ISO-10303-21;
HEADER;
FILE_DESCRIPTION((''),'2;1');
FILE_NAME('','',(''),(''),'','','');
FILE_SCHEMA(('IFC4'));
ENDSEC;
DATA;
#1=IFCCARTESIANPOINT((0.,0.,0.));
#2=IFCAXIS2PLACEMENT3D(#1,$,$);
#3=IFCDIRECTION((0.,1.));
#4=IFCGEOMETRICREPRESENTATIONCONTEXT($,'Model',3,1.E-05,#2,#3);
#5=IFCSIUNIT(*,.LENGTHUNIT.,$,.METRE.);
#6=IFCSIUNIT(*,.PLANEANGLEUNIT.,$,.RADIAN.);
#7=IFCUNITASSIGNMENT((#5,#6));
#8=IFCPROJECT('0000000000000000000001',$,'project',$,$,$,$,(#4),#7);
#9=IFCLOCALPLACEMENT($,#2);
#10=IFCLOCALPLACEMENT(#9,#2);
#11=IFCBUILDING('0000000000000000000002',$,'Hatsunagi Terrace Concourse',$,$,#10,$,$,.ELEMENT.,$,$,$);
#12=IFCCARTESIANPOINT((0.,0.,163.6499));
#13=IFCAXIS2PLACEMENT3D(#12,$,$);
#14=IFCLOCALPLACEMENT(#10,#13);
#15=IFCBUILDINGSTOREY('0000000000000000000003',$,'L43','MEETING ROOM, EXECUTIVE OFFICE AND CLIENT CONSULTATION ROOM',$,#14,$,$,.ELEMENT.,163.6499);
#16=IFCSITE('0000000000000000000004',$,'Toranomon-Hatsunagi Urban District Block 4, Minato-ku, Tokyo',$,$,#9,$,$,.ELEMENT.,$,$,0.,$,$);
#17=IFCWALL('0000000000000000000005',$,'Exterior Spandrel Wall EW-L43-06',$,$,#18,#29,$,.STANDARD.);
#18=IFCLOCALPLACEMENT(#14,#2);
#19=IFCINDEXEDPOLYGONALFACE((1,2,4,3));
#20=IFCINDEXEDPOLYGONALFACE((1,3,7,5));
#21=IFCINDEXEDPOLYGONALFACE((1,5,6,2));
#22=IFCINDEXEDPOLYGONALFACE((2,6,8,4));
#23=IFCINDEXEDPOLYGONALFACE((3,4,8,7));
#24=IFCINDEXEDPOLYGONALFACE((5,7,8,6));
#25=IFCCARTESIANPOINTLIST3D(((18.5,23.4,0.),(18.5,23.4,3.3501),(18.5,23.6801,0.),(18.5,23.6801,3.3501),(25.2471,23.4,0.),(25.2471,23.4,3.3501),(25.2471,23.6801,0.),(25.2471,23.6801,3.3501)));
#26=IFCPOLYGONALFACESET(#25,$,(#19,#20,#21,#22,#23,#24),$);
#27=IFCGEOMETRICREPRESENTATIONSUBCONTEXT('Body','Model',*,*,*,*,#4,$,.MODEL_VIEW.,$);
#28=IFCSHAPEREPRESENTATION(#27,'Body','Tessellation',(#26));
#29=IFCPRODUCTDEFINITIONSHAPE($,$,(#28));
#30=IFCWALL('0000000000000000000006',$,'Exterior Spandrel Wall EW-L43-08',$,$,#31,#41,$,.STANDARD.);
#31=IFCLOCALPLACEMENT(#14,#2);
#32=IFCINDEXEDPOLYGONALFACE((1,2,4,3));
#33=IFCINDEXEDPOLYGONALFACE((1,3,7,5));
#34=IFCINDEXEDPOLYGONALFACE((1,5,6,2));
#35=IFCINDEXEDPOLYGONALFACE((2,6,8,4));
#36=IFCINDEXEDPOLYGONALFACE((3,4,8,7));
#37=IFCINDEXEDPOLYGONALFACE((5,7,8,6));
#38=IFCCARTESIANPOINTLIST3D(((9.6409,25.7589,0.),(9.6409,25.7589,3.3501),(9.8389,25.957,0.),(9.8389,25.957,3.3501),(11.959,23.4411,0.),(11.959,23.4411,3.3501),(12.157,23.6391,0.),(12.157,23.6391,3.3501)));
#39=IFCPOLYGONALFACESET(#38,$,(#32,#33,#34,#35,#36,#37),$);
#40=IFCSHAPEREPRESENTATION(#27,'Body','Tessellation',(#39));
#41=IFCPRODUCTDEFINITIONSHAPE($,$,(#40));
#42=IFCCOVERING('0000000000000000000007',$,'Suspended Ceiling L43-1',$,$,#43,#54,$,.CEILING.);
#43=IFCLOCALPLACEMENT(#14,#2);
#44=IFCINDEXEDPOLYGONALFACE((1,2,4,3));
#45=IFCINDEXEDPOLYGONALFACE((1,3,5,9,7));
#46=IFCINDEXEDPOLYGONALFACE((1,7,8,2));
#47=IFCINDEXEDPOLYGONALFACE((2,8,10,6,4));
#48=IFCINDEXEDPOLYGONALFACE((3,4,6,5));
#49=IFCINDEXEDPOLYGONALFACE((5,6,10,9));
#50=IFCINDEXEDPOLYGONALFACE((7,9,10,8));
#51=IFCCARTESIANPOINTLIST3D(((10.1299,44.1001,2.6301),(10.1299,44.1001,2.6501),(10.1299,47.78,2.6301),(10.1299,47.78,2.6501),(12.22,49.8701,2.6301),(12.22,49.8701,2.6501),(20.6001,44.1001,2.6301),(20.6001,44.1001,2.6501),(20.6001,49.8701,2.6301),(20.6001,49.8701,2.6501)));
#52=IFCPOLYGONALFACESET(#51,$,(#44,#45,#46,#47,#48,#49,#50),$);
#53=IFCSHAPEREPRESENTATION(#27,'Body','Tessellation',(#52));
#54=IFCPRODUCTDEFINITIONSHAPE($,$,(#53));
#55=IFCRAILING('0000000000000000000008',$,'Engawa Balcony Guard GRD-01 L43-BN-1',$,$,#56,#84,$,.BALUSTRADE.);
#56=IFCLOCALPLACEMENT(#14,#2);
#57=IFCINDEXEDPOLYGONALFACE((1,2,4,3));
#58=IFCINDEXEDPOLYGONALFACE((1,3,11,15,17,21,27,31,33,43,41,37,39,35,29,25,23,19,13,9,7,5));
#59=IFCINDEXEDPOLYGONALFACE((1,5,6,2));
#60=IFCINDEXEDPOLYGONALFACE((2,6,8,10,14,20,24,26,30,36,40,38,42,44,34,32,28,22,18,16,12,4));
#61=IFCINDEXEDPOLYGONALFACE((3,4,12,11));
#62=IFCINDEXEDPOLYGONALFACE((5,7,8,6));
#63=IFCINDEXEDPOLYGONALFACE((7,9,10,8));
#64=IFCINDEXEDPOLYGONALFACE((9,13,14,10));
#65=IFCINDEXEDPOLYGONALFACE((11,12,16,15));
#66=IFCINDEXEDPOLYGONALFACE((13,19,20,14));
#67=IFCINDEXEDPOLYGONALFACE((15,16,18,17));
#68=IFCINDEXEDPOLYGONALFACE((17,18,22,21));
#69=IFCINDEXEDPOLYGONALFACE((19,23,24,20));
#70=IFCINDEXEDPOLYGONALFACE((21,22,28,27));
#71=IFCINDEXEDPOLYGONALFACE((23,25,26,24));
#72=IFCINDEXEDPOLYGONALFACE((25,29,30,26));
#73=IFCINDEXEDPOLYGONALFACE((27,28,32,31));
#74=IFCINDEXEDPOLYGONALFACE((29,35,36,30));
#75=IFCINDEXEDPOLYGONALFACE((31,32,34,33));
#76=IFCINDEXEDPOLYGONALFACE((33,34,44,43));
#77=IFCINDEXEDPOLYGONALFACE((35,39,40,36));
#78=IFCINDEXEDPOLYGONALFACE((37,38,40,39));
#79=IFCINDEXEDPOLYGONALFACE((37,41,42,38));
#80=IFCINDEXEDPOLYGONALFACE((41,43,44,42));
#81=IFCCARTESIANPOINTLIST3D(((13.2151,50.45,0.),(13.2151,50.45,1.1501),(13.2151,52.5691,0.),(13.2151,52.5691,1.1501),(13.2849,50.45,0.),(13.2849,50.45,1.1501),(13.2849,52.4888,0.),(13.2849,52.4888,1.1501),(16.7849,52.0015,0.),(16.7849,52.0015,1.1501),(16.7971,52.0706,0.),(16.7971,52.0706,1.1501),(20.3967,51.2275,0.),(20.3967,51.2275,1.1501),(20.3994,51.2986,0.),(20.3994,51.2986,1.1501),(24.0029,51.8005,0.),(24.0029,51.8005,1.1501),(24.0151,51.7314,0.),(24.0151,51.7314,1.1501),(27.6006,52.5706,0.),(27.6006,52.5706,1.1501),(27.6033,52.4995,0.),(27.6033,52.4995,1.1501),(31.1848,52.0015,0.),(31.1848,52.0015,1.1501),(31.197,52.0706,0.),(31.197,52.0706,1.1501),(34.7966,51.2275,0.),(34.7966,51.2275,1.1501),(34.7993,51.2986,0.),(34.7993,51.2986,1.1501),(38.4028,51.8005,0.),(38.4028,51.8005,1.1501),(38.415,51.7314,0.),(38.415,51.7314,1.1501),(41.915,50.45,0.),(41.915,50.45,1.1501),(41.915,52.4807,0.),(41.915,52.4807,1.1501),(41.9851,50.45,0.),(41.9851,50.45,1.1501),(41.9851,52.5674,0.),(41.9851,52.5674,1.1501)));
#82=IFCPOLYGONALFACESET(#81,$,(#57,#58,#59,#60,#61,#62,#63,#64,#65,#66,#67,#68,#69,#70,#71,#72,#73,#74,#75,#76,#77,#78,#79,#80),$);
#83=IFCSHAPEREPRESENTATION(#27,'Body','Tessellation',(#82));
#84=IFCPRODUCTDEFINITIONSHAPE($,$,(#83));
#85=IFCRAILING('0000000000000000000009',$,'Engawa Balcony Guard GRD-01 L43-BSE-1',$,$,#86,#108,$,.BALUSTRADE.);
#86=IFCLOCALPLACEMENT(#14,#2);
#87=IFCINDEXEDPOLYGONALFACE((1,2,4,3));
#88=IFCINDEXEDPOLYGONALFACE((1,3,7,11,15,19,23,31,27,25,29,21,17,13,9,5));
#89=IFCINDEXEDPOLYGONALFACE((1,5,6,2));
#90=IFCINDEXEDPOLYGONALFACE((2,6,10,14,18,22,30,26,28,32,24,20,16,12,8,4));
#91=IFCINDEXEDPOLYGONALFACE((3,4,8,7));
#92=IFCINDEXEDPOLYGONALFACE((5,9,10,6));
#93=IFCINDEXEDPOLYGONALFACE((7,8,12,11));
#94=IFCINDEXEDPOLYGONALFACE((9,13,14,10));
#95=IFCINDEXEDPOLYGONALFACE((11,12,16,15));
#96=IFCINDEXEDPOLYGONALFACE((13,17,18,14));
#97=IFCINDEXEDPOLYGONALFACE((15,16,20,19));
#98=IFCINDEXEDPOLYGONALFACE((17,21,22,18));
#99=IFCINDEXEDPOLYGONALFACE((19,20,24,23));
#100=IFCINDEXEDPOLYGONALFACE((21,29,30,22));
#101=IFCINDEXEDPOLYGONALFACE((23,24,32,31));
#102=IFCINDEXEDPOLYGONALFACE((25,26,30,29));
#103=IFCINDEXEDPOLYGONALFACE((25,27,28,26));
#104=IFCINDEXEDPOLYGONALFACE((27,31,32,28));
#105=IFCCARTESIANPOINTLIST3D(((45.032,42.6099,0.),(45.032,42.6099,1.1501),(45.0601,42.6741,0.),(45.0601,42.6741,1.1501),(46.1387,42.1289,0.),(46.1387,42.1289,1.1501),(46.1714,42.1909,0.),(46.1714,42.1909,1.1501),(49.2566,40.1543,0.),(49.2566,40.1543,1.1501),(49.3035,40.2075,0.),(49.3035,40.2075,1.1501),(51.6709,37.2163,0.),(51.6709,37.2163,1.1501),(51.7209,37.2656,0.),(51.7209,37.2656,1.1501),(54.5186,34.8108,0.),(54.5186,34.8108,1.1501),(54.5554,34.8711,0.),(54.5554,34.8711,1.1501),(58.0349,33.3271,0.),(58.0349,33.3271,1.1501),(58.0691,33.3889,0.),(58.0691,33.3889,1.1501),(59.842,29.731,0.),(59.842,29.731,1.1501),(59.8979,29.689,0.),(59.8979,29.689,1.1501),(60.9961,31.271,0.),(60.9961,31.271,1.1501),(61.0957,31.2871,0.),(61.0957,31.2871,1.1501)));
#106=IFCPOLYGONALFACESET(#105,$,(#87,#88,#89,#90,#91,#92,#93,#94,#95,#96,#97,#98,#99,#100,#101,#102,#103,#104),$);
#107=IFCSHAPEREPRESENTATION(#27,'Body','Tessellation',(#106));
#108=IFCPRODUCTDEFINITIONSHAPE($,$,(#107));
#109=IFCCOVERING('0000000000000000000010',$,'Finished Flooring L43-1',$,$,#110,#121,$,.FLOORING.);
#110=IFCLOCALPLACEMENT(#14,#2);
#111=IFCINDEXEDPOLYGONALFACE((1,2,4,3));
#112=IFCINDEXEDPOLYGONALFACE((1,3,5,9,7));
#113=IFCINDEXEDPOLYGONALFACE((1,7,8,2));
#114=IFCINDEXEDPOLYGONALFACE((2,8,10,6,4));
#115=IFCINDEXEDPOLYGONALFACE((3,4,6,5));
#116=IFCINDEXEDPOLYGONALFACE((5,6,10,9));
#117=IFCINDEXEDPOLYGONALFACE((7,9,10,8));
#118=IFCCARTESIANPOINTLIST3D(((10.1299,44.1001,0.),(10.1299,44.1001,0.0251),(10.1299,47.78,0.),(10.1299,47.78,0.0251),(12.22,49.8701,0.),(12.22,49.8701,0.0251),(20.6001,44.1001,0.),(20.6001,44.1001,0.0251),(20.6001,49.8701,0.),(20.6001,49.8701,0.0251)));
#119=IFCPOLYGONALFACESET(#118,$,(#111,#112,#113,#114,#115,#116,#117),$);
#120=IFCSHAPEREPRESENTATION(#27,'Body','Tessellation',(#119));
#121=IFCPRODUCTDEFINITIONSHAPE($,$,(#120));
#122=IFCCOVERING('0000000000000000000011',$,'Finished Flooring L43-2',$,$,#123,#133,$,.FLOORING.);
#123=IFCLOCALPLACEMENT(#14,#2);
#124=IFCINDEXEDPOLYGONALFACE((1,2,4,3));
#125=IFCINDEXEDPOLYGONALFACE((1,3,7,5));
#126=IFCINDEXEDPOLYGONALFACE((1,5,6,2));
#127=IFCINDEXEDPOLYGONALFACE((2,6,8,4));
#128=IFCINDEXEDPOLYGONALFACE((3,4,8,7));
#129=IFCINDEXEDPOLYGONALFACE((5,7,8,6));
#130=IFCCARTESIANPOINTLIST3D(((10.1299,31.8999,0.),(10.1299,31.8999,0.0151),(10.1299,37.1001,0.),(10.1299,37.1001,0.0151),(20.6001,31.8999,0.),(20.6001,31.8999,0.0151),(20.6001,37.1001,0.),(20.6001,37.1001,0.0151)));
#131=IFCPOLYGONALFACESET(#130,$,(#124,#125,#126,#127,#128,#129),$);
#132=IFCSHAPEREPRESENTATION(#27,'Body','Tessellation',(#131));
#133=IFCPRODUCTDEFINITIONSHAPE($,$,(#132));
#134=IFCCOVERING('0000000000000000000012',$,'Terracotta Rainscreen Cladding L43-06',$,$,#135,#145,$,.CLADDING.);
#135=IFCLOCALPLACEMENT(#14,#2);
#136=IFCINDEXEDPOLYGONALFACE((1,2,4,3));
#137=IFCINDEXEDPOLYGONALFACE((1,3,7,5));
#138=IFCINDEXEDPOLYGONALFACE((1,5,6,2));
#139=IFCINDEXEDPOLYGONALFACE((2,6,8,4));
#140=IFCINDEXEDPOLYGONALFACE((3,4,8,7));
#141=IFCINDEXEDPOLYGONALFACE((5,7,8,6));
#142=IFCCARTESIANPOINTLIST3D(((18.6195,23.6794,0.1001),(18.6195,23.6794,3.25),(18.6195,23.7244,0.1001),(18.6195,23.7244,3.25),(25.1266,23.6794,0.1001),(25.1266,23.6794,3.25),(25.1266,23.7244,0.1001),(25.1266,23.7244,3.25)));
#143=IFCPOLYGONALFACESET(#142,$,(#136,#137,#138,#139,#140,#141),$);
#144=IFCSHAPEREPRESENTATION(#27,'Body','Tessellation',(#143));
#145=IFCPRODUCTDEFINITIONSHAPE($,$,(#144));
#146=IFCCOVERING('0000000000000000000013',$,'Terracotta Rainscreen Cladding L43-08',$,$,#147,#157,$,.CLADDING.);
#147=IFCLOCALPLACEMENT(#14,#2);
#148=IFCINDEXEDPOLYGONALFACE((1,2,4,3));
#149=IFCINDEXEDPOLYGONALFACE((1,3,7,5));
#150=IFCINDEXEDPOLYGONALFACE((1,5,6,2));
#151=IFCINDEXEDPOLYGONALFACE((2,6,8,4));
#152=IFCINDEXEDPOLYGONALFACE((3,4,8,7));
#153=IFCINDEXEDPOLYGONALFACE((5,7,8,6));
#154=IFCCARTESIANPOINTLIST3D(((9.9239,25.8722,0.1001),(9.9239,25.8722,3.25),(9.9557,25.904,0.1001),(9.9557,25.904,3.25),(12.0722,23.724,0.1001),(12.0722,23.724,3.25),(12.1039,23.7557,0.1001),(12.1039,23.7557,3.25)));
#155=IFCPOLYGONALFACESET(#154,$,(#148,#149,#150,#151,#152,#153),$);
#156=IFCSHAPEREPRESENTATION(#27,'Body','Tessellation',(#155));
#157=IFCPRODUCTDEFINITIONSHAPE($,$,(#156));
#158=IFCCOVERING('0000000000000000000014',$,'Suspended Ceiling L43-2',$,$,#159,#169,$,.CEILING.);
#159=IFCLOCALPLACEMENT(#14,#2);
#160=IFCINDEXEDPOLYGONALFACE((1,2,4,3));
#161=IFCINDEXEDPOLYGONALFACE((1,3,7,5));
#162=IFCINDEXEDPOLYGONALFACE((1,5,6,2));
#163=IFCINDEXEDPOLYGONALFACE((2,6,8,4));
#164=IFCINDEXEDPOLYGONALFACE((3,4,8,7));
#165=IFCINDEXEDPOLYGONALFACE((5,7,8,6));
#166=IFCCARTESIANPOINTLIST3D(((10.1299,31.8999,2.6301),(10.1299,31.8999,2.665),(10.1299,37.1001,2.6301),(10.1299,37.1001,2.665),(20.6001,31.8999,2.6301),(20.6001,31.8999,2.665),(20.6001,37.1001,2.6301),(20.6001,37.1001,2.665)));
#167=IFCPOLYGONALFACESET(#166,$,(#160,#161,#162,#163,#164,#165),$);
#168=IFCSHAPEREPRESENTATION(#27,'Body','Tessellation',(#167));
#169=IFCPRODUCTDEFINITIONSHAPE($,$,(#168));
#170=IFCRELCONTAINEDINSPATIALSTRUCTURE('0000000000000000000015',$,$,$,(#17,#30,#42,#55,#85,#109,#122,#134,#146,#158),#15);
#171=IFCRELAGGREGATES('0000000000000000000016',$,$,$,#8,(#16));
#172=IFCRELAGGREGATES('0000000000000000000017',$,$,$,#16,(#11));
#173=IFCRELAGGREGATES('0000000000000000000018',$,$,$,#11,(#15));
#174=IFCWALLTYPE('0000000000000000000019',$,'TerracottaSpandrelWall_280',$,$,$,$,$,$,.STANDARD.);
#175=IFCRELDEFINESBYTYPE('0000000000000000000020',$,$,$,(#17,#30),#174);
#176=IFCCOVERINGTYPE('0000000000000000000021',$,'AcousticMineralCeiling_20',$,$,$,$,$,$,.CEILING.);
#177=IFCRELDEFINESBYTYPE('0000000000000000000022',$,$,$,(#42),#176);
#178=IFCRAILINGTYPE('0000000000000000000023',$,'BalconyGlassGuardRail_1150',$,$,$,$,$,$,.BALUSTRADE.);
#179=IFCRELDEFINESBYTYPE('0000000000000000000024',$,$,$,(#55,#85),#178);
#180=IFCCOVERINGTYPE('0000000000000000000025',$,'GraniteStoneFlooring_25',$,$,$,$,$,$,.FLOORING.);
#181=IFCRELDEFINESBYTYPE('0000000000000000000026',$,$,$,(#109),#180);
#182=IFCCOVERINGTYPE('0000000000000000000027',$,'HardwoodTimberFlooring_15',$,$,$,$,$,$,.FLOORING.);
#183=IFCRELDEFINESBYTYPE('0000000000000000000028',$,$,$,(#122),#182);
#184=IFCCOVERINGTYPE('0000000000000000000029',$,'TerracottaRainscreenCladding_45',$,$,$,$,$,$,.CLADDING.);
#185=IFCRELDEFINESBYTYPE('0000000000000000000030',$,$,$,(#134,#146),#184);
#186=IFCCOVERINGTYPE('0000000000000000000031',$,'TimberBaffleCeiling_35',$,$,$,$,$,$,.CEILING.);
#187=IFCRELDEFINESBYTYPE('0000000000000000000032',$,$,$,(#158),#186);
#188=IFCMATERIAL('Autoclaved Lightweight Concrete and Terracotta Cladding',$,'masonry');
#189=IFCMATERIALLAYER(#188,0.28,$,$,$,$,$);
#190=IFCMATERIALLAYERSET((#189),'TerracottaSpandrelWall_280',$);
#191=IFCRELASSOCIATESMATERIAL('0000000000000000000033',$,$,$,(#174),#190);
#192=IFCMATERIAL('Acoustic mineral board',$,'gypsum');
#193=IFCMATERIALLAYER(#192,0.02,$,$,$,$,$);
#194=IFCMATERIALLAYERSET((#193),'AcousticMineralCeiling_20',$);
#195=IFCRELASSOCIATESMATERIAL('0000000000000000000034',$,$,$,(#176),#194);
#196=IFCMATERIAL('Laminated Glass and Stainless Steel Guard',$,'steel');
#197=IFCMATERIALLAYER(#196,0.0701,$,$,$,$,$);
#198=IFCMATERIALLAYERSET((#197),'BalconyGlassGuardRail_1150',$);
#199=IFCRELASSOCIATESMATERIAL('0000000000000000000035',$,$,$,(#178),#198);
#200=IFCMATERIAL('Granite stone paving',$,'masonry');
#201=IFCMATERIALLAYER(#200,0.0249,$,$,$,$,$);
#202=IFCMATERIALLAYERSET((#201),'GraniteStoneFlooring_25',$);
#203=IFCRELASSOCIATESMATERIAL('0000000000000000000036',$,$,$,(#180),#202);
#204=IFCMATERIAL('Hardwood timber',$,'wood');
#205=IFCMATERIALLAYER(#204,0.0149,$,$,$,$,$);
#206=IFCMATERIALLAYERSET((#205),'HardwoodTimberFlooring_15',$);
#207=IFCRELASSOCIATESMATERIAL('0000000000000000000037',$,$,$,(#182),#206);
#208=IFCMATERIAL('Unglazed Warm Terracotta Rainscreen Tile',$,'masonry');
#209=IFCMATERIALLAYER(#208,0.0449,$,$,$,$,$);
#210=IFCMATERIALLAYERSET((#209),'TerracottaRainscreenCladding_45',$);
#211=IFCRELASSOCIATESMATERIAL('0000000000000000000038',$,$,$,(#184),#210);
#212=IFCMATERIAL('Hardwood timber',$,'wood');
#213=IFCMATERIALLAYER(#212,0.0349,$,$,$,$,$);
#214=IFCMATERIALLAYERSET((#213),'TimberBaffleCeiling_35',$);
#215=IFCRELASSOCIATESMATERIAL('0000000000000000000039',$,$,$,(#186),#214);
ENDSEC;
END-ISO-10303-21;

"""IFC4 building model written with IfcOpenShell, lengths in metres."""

from ifc_helpers import new_model, si_unit, direction, frame, frame_2d, origin, origin_2d, place, context, subcontext, project, spatial, polyline, rectangle, outline, extrude, material, layer, layer_set, type_object, element, save


model = new_model("IFC4")

# Units and contexts
model_context = context("Model", 3, precision=1e-05, world=origin(), true_north=direction((0.0, 1.0)))
body_context = subcontext(model_context, "Body", "Model", "MODEL_VIEW")
ifc_project = project(units=[si_unit("LENGTHUNIT", "METRE"), si_unit("PLANEANGLEUNIT", "RADIAN")], contexts=[model_context])

# Site, building, storey
site_placement = place(None, origin())
site = spatial("IfcSite", under=ifc_project, at=site_placement, Name="Toranomon-Hatsunagi Urban District Block 4, Minato-ku, Tokyo", CompositionType="ELEMENT", RefElevation=0.0)
building_placement = place(site_placement, origin())
building = spatial("IfcBuilding", under=site, at=building_placement, Name="Hatsunagi Terrace Concourse", CompositionType="ELEMENT")
storey_placement = place(building_placement, frame((0.0, 0.0, 163.6499)))
storey = spatial("IfcBuildingStorey", under=building, at=storey_placement, Name="L43", Description="MEETING ROOM, EXECUTIVE OFFICE AND CLIENT CONSULTATION ROOM", CompositionType="ELEMENT", Elevation=163.6499)

# Walls
ifc_material_1 = material(Name="Autoclaved Lightweight Concrete and Terracotta Cladding", Category="masonry")
ifc_layer_1 = layer(ifc_material_1, 0.28)
ifc_layer_set_1 = layer_set([ifc_layer_1], Name="TerracottaSpandrelWall_280")
wall_type_1 = type_object("IfcWallType", Name="TerracottaSpandrelWall_280", PredefinedType="STANDARD", material=ifc_layer_set_1)
wall_1_placement = place(storey_placement, frame((25.2471, 23.54, 0.0), z_axis=(0.0, 0.0, 1.0), x_axis=(-1.0, 0.0, 0.0)))
element("IfcWall", 1, at=wall_1_placement, inside=storey, type_object=wall_type_1, Name="Exterior Spandrel Wall EW-L43-06", PredefinedType="STANDARD", context=body_context, shape_type="SweptSolid", body=[
    extrude(rectangle(XDim=6.7471, YDim=0.28, at=frame_2d((3.3735, 0.0))), origin(), (0.0, 0.0, 1.0), 3.3501),
])
wall_2_placement = place(storey_placement, frame((12.0581, 23.54, 0.0), z_axis=(0.0, 0.0, 1.0), x_axis=(-0.707144, 0.70707, 0.0)))
element("IfcWall", 2, at=wall_2_placement, inside=storey, type_object=wall_type_1, Name="Exterior Spandrel Wall EW-L43-08", PredefinedType="STANDARD", context=body_context, shape_type="SweptSolid", body=[
    extrude(rectangle(XDim=3.2781, YDim=0.28, at=frame_2d((1.6392, 0.0))), origin(), (0.0, 0.0, 1.0), 3.3501),
])

# Covering
ifc_material_2 = material(Name="Acoustic mineral board", Category="gypsum")
ifc_layer_2 = layer(ifc_material_2, 0.02)
ifc_layer_set_2 = layer_set([ifc_layer_2], Name="AcousticMineralCeiling_20")
covering_type_1 = type_object("IfcCoveringType", Name="AcousticMineralCeiling_20", PredefinedType="CEILING", material=ifc_layer_set_2)
covering_1_placement = place(storey_placement, frame((0.0, 0.0, 2.6301)))
element("IfcCovering", 3, at=covering_1_placement, inside=storey, type_object=covering_type_1, Name="Suspended Ceiling L43-1", PredefinedType="CEILING", context=body_context, shape_type="SweptSolid", body=[
    extrude(outline(polyline([(10.1299, 47.78), (10.1299, 44.1001), (20.6001, 44.1001), (20.6001, 49.8701), (12.22, 49.8701), (10.1299, 47.78)])), origin(), (0.0, 0.0, 1.0), 0.02),
])

# Railings
ifc_material_3 = material(Name="Laminated Glass and Stainless Steel Guard", Category="steel")
ifc_layer_3 = layer(ifc_material_3, 0.0701)
ifc_layer_set_3 = layer_set([ifc_layer_3], Name="BalconyGlassGuardRail_1150")
railing_type = type_object("IfcRailingType", Name="BalconyGlassGuardRail_1150", PredefinedType="BALUSTRADE", material=ifc_layer_set_3)
railing_1_placement = place(storey_placement, origin())
element("IfcRailing", 4, at=railing_1_placement, inside=storey, type_object=railing_type, Name="Engawa Balcony Guard GRD-01 L43-BN-1", PredefinedType="BALUSTRADE", context=body_context, shape_type="SweptSolid", body=[
    extrude(outline(polyline([(13.2151, 50.45), (13.2849, 50.45), (13.2849, 52.4888), (16.7849, 52.0015), (20.3967, 51.2275), (24.0151, 51.7314), (27.6033, 52.4995), (31.1848, 52.0015), (34.7966, 51.2275), (38.415, 51.7314), (41.915, 52.4807), (41.915, 50.45), (41.9851, 50.45), (41.9851, 52.5674), (38.4028, 51.8005), (34.7993, 51.2986), (31.197, 52.0706), (27.6006, 52.5706), (24.0029, 51.8005), (20.3994, 51.2986), (16.7971, 52.0706), (13.2151, 52.5691), (13.2151, 50.45)])), origin(), (0.0, 0.0, 1.0), 1.1501),
])
railing_2_placement = place(storey_placement, origin())
element("IfcRailing", 5, at=railing_2_placement, inside=storey, type_object=railing_type, Name="Engawa Balcony Guard GRD-01 L43-BSE-1", PredefinedType="BALUSTRADE", context=body_context, shape_type="SweptSolid", body=[
    extrude(outline(polyline([(45.0601, 42.6741), (45.032, 42.6099), (46.1387, 42.1289), (49.2566, 40.1543), (51.6709, 37.2163), (54.5186, 34.8108), (58.0349, 33.3271), (60.9961, 31.271), (59.842, 29.731), (59.8979, 29.689), (61.0957, 31.2871), (58.0691, 33.3889), (54.5554, 34.8711), (51.7209, 37.2656), (49.3035, 40.2075), (46.1714, 42.1909), (45.0601, 42.6741)])), origin(), (0.0, 0.0, 1.0), 1.1501),
])

# Coverings
ifc_material_4 = material(Name="Granite stone paving", Category="masonry")
ifc_layer_4 = layer(ifc_material_4, 0.0249)
ifc_layer_set_4 = layer_set([ifc_layer_4], Name="GraniteStoneFlooring_25")
covering_type_2 = type_object("IfcCoveringType", Name="GraniteStoneFlooring_25", PredefinedType="FLOORING", material=ifc_layer_set_4)
covering_2_placement = place(storey_placement, origin())
element("IfcCovering", 6, at=covering_2_placement, inside=storey, type_object=covering_type_2, Name="Finished Flooring L43-1", PredefinedType="FLOORING", context=body_context, shape_type="SweptSolid", body=[
    extrude(outline(polyline([(10.1299, 47.78), (10.1299, 44.1001), (20.6001, 44.1001), (20.6001, 49.8701), (12.22, 49.8701), (10.1299, 47.78)])), origin(), (0.0, 0.0, 1.0), 0.0251),
])
ifc_material_5 = material(Name="Hardwood timber", Category="wood")
ifc_layer_5 = layer(ifc_material_5, 0.0149)
ifc_layer_set_5 = layer_set([ifc_layer_5], Name="HardwoodTimberFlooring_15")
covering_type_3 = type_object("IfcCoveringType", Name="HardwoodTimberFlooring_15", PredefinedType="FLOORING", material=ifc_layer_set_5)
covering_3_placement = place(storey_placement, origin())
element("IfcCovering", 7, at=covering_3_placement, inside=storey, type_object=covering_type_3, Name="Finished Flooring L43-2", PredefinedType="FLOORING", context=body_context, shape_type="SweptSolid", body=[
    extrude(outline(polyline([(10.1299, 31.8999), (20.6001, 31.8999), (20.6001, 37.1001), (10.1299, 37.1001), (10.1299, 31.8999)])), origin(), (0.0, 0.0, 1.0), 0.0151),
])
ifc_material_6 = material(Name="Unglazed Warm Terracotta Rainscreen Tile", Category="masonry")
ifc_layer_6 = layer(ifc_material_6, 0.0449)
ifc_layer_set_6 = layer_set([ifc_layer_6], Name="TerracottaRainscreenCladding_45")
covering_type_4 = type_object("IfcCoveringType", Name="TerracottaRainscreenCladding_45", PredefinedType="CLADDING", material=ifc_layer_set_6)
covering_4_placement = place(storey_placement, frame((21.873, 23.7019, 0.1001), z_axis=(0.0, 0.0, 1.0), x_axis=(-1.0, 0.0, 0.0)))
element("IfcCovering", 8, at=covering_4_placement, inside=storey, type_object=covering_type_4, Name="Terracotta Rainscreen Cladding L43-06", PredefinedType="CLADDING", context=body_context, shape_type="SweptSolid", body=[
    extrude(rectangle(XDim=6.5071, YDim=0.0449, at=origin_2d()), origin(), (0.0, 0.0, 1.0), 3.1499),
])
covering_5_placement = place(storey_placement, frame((11.0139, 24.814, 0.1001), z_axis=(0.0, 0.0, 1.0), x_axis=(-0.707107, 0.707107, 0.0)))
element("IfcCovering", 9, at=covering_5_placement, inside=storey, type_object=covering_type_4, Name="Terracotta Rainscreen Cladding L43-08", PredefinedType="CLADDING", context=body_context, shape_type="SweptSolid", body=[
    extrude(rectangle(XDim=3.0381, YDim=0.0449, at=origin_2d()), origin(), (0.0, 0.0, 1.0), 3.1499),
])
ifc_material_7 = material(Name="Hardwood timber", Category="wood")
ifc_layer_7 = layer(ifc_material_7, 0.0349)
ifc_layer_set_7 = layer_set([ifc_layer_7], Name="TimberBaffleCeiling_35")
covering_type_5 = type_object("IfcCoveringType", Name="TimberBaffleCeiling_35", PredefinedType="CEILING", material=ifc_layer_set_7)
covering_6_placement = place(storey_placement, frame((0.0, 0.0, 2.6301)))
element("IfcCovering", 10, at=covering_6_placement, inside=storey, type_object=covering_type_5, Name="Suspended Ceiling L43-2", PredefinedType="CEILING", context=body_context, shape_type="SweptSolid", body=[
    extrude(outline(polyline([(10.1299, 31.8999), (20.6001, 31.8999), (20.6001, 37.1001), (10.1299, 37.1001), (10.1299, 31.8999)])), origin(), (0.0, 0.0, 1.0), 0.0349),
])

save(model, "model.ifc")
